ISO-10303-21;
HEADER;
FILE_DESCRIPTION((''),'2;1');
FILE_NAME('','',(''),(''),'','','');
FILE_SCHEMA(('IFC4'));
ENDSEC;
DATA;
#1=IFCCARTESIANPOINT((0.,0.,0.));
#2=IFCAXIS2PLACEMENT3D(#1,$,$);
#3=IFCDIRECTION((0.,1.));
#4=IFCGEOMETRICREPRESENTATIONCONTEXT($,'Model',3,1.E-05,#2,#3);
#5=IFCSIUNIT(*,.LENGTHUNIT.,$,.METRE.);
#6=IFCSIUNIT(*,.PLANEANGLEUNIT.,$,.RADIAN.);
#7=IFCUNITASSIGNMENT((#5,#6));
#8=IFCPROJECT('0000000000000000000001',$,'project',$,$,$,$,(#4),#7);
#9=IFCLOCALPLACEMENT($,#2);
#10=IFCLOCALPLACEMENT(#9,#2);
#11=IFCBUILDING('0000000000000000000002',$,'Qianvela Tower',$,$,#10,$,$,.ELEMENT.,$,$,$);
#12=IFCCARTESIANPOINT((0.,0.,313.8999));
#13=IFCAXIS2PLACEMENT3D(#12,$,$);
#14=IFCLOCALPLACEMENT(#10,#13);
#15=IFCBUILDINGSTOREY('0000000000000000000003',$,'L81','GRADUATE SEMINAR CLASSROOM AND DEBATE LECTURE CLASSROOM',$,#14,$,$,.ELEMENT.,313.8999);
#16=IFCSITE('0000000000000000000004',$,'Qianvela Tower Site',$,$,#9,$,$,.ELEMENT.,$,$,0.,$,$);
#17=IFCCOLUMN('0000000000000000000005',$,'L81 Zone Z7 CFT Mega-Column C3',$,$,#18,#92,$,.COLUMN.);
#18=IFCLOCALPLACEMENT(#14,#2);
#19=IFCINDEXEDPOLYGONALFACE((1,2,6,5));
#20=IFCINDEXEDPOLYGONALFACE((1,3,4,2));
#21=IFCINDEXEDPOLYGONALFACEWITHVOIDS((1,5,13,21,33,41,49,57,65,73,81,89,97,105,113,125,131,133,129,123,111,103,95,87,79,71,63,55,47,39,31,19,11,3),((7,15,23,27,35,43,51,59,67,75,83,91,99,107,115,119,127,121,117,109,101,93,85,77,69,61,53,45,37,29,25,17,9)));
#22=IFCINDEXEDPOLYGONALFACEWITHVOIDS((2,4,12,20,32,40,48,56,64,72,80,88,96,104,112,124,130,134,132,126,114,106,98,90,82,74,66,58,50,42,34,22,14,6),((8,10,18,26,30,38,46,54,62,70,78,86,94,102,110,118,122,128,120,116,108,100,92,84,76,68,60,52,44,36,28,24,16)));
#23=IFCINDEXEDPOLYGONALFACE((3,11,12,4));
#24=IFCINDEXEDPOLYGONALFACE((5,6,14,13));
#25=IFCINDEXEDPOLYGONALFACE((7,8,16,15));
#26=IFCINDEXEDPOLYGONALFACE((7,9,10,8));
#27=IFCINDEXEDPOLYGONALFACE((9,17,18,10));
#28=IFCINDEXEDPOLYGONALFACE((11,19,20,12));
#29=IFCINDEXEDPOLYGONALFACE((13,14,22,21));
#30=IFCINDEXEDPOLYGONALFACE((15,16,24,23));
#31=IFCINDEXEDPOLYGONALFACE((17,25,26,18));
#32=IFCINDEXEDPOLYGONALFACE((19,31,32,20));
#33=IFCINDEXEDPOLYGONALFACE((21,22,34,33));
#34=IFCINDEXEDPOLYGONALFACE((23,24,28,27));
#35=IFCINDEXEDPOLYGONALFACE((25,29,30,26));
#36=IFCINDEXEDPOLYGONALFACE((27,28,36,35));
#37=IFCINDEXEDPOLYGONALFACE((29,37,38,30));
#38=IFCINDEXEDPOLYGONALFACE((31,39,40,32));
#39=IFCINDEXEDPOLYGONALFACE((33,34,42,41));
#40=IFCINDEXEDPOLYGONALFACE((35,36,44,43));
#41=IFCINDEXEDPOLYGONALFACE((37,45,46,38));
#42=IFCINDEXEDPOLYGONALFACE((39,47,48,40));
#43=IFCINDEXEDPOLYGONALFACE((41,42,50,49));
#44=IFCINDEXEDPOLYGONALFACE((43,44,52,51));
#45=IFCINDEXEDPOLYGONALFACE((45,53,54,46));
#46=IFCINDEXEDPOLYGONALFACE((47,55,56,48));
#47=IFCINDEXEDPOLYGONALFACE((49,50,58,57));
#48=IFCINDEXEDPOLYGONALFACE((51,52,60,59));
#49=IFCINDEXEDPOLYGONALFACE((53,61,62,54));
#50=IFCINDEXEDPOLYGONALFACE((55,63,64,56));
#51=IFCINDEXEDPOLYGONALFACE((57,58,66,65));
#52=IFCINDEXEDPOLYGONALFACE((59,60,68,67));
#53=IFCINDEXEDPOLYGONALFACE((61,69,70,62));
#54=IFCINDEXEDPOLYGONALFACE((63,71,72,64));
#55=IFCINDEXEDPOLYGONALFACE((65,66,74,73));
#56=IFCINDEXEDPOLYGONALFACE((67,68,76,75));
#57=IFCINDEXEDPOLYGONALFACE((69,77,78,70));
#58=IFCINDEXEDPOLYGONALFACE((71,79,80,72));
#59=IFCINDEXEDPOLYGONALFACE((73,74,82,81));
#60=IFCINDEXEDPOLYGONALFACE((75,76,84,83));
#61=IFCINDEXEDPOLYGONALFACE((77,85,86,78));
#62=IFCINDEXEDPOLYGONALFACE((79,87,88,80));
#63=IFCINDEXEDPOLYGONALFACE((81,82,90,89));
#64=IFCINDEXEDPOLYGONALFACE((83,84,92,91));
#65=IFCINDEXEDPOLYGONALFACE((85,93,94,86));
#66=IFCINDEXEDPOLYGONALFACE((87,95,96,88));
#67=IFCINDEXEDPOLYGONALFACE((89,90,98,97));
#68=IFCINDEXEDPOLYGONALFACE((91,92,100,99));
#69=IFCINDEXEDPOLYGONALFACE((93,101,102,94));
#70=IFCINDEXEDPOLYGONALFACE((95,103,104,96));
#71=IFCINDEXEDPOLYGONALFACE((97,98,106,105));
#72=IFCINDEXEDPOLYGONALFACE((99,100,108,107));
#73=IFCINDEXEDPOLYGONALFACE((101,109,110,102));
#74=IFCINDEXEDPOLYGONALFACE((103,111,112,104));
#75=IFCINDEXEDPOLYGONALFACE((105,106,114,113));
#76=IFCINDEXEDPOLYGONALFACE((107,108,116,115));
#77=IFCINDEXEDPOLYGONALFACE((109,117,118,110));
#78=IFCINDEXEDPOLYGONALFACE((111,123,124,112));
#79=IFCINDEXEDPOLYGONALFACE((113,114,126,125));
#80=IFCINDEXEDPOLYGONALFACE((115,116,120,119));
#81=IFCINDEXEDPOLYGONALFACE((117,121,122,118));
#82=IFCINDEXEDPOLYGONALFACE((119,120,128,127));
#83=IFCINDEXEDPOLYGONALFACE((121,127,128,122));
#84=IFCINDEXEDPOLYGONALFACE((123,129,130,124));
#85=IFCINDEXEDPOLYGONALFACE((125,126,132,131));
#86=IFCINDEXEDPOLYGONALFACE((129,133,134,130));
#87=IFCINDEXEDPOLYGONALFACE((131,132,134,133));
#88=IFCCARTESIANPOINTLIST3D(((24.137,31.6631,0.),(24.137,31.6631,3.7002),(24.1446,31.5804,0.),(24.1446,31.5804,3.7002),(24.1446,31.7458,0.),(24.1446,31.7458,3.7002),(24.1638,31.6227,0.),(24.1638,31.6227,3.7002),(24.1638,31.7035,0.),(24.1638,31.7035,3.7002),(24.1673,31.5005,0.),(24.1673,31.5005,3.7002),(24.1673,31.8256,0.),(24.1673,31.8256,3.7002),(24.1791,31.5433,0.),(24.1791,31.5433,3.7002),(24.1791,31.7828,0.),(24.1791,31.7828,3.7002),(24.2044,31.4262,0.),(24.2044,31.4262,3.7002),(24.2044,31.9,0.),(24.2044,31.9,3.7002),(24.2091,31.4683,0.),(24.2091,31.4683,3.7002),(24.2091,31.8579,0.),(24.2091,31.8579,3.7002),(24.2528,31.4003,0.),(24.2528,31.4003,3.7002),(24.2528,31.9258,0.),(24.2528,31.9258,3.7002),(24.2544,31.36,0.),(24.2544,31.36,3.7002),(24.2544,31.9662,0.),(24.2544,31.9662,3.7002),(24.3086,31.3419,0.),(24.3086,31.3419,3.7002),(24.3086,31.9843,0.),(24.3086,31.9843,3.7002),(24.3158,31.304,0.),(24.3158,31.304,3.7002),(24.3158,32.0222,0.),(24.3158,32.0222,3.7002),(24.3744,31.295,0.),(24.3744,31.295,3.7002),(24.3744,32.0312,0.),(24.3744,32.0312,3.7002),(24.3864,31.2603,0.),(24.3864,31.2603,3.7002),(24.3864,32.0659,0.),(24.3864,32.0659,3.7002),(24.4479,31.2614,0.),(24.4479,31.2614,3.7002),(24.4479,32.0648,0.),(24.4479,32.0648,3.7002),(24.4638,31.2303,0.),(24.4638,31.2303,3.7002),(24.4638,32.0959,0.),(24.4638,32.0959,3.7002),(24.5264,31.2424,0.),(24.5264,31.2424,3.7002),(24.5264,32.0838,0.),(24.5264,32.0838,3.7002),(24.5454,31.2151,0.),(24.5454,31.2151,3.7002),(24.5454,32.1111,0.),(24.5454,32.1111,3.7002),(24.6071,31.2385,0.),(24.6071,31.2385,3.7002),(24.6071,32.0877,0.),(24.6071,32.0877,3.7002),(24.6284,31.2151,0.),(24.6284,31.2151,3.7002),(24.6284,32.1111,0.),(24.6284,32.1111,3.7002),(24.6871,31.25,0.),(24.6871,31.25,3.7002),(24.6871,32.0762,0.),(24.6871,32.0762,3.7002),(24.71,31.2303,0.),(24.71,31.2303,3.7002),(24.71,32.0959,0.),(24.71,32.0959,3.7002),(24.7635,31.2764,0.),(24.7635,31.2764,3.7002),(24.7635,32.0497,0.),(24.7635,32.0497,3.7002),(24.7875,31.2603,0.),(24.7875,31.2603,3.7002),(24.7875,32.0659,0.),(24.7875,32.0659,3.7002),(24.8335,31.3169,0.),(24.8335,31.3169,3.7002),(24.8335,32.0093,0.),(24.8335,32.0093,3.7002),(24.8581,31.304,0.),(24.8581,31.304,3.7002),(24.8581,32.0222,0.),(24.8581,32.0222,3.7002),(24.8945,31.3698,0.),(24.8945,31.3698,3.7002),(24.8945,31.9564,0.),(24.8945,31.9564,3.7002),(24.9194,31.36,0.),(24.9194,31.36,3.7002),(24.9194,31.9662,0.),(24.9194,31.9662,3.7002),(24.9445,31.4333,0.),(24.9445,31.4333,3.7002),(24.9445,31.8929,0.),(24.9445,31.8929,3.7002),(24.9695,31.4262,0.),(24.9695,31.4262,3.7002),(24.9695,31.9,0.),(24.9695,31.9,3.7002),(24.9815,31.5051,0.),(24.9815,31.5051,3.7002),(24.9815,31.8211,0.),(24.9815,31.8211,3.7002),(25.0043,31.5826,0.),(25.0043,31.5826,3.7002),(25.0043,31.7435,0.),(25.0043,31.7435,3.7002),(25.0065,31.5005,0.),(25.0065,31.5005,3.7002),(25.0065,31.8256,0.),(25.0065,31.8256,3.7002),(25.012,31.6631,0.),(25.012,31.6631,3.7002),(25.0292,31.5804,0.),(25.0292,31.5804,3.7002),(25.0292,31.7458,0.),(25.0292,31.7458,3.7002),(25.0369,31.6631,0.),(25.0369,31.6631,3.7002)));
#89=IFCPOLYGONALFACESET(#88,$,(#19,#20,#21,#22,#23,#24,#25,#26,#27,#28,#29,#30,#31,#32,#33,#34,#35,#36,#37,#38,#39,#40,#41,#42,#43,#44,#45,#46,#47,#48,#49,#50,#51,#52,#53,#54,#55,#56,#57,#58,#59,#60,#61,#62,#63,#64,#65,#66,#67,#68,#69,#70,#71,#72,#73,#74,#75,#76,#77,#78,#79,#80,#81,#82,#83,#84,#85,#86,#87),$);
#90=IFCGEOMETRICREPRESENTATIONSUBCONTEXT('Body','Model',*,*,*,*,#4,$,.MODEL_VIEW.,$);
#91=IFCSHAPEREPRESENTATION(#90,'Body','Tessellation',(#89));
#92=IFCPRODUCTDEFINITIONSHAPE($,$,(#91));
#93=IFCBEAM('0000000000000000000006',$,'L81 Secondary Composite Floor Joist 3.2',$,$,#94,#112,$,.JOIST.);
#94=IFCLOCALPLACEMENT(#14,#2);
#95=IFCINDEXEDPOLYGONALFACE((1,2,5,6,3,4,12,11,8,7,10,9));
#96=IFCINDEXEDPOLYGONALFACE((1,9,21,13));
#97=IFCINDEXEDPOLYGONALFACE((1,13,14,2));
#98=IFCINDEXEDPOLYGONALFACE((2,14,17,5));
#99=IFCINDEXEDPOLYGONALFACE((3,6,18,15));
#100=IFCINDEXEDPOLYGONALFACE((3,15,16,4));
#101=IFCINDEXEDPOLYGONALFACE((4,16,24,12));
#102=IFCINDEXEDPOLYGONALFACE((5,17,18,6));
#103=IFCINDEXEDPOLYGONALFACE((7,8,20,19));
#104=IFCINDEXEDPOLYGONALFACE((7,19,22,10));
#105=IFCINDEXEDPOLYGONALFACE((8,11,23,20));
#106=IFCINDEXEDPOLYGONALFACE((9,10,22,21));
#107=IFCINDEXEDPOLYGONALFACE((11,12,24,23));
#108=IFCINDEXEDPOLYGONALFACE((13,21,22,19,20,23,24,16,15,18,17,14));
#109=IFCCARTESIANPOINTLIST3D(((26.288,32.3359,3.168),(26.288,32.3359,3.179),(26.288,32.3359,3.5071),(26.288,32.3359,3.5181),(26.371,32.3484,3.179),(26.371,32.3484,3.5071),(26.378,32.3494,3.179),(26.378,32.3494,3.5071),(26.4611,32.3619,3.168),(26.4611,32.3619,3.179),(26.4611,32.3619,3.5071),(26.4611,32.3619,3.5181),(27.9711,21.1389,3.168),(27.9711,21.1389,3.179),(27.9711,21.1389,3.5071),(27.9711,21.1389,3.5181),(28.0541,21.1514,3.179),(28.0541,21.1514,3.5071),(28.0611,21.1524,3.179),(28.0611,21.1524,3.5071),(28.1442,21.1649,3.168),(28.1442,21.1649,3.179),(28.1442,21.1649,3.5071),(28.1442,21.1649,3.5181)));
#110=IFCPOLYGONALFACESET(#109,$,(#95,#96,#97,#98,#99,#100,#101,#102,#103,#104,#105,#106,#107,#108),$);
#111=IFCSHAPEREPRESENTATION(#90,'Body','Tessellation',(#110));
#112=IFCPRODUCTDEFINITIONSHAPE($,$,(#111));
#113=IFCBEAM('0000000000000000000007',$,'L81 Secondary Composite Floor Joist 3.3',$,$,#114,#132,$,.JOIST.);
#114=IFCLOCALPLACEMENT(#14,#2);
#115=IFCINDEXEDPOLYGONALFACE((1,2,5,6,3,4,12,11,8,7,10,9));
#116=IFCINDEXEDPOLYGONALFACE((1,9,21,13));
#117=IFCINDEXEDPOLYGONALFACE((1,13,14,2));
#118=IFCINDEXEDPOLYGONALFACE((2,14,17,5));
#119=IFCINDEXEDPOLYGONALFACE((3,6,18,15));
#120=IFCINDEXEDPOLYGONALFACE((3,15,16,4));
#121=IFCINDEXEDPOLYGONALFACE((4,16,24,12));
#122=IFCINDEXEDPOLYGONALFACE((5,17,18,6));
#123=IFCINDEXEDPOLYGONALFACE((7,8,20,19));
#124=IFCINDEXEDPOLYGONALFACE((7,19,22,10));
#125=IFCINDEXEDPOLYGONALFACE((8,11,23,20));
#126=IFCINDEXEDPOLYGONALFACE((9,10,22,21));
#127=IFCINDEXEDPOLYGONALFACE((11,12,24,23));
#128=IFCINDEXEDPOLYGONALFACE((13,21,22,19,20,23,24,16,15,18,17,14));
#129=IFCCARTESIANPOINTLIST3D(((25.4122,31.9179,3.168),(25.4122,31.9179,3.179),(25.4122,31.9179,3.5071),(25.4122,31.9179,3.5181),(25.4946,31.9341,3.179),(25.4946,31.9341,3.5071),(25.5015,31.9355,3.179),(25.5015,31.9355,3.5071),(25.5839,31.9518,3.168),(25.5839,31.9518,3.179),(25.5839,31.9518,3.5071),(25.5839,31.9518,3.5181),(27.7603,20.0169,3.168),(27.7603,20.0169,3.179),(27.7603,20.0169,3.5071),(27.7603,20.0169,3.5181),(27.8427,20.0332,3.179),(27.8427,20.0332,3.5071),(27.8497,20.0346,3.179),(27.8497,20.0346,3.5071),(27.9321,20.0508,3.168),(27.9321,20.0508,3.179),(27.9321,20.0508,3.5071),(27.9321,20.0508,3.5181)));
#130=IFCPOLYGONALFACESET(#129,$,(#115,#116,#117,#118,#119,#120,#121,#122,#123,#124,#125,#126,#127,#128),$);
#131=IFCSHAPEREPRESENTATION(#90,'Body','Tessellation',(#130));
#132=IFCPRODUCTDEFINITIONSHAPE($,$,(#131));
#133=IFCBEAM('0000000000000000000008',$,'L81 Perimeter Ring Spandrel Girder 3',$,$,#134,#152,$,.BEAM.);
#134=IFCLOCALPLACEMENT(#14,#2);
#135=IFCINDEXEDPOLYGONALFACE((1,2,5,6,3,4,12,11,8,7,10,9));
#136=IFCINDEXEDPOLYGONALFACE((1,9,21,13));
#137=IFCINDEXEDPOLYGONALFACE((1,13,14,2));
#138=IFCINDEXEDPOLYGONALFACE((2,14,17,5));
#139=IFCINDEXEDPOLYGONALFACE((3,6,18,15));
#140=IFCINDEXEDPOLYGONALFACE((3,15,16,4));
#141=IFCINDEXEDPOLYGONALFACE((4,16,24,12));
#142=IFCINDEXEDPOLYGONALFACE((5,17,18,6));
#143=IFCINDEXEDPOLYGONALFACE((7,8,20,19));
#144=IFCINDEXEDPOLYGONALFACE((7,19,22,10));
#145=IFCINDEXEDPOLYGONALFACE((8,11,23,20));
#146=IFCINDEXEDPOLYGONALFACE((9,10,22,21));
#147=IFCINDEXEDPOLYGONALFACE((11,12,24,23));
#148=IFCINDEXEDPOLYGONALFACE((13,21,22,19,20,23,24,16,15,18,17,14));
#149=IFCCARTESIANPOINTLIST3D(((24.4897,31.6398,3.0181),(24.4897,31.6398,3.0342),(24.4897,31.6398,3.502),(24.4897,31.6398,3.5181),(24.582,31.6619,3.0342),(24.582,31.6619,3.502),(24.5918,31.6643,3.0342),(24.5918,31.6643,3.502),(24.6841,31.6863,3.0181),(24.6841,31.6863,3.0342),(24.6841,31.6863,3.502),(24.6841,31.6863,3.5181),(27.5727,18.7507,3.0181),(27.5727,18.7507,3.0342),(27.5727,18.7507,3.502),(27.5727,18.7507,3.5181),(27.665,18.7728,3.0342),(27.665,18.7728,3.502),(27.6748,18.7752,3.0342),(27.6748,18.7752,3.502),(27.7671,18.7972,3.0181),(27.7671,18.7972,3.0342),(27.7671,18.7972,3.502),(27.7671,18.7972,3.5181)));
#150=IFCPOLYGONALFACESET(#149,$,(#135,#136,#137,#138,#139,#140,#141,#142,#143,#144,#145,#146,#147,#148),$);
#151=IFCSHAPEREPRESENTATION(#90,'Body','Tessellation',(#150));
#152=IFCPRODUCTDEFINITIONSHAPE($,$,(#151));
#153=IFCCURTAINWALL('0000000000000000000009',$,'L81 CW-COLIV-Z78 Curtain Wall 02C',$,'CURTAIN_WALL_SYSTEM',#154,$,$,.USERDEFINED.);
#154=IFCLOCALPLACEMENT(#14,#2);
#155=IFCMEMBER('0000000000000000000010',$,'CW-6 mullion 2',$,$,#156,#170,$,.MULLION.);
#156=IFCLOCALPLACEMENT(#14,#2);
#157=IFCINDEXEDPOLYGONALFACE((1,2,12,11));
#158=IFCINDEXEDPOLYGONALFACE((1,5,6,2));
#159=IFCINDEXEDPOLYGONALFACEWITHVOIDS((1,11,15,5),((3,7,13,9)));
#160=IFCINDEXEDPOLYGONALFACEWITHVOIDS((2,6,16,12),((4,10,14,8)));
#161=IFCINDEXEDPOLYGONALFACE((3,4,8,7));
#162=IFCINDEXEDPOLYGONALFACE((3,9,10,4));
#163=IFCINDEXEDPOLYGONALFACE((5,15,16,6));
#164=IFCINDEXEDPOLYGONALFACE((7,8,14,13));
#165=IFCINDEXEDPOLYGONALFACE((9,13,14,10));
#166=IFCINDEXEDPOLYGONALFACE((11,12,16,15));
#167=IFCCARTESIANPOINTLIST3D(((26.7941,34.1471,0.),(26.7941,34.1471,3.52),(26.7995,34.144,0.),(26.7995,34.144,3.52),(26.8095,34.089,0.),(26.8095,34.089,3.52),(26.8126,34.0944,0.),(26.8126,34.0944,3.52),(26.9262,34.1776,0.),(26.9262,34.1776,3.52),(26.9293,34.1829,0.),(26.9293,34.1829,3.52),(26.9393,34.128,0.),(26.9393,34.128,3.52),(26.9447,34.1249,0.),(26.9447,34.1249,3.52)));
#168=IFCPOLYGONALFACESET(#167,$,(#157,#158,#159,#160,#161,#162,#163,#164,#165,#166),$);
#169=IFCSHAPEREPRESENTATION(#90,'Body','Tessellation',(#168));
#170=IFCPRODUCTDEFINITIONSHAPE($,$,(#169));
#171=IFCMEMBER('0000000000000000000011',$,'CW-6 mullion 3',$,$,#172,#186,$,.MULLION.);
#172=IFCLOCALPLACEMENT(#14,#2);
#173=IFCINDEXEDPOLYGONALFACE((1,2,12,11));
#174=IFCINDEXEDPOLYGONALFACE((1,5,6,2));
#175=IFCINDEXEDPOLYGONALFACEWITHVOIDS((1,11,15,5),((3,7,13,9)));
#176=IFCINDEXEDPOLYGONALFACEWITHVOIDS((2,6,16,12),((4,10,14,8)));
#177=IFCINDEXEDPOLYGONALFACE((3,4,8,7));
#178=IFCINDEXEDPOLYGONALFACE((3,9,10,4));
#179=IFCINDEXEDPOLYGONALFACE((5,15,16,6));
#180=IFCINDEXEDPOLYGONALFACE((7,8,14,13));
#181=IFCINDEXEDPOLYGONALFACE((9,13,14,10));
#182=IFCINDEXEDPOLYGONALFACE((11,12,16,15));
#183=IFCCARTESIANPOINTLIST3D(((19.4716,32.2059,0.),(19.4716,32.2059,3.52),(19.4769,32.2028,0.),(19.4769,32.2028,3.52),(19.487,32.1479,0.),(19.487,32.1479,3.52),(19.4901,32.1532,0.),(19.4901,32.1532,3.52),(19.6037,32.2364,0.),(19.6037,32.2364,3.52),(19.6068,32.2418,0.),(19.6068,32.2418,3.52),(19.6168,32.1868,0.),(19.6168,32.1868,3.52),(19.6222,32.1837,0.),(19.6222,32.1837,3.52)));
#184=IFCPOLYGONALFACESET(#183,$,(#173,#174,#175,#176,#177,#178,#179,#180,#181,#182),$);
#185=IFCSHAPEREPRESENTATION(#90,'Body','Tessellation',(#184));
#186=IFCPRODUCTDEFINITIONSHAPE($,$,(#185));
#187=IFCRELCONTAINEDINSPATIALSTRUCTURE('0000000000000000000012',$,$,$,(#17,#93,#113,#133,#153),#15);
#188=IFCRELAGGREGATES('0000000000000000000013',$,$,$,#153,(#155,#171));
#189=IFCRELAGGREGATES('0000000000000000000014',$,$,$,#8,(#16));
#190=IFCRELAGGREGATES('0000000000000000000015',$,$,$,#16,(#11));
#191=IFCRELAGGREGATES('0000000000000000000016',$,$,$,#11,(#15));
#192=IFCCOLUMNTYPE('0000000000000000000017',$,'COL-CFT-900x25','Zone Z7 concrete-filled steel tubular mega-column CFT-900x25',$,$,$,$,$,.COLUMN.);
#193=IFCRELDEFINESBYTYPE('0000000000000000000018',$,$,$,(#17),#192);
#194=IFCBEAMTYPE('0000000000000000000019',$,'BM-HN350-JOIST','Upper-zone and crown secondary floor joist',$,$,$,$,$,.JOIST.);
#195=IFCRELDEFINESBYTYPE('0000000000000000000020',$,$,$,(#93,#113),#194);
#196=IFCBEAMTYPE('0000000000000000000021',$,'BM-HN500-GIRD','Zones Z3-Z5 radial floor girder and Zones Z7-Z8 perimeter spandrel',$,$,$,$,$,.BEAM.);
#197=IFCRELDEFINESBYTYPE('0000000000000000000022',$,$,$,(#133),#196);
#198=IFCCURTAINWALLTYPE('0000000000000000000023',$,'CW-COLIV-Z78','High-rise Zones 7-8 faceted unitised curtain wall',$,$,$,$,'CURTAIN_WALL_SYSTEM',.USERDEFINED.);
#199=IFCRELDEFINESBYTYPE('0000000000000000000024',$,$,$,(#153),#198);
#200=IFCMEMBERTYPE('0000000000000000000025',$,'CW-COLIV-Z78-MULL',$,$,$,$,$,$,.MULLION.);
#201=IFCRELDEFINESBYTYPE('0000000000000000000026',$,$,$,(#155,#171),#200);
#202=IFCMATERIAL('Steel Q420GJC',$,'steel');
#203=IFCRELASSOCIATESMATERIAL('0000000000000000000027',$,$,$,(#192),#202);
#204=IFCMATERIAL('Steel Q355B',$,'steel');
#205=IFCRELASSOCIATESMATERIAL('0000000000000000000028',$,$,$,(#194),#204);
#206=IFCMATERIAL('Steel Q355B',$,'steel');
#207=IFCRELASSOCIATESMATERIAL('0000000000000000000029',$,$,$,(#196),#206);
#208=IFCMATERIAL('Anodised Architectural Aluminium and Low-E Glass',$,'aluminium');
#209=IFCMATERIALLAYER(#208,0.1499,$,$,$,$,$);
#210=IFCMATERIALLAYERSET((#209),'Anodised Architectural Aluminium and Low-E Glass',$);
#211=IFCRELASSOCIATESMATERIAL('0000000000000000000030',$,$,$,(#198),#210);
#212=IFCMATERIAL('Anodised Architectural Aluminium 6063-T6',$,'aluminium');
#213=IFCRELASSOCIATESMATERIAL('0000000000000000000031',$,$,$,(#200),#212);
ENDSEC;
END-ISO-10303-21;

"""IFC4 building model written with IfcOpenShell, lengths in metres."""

from ifc_helpers import new_model, si_unit, direction, frame, origin, origin_2d, place, context, subcontext, project, spatial, hollow_rectangle, hollow_circle, i_section, extrude, material, layer, layer_set, material_profile, profile_set, type_object, element, aggregate, save


model = new_model("IFC4")

# Units and contexts
model_context = context("Model", 3, precision=1e-05, world=origin(), true_north=direction((0.0, 1.0)))
body_context = subcontext(model_context, "Body", "Model", "MODEL_VIEW")
ifc_project = project(units=[si_unit("LENGTHUNIT", "METRE"), si_unit("PLANEANGLEUNIT", "RADIAN")], contexts=[model_context])

# Site, building, storey
site_placement = place(None, origin())
site = spatial("IfcSite", under=ifc_project, at=site_placement, Name="Qianvela Tower Site", CompositionType="ELEMENT", RefElevation=0.0)
building_placement = place(site_placement, origin())
building = spatial("IfcBuilding", under=site, at=building_placement, Name="Qianvela Tower", CompositionType="ELEMENT")
storey_placement = place(building_placement, frame((0.0, 0.0, 313.8999)))
storey = spatial("IfcBuildingStorey", under=building, at=storey_placement, Name="L81", Description="GRADUATE SEMINAR CLASSROOM AND DEBATE LECTURE CLASSROOM", CompositionType="ELEMENT", Elevation=313.8999)

# Column
ifc_material_1 = material(Name="Steel Q420GJC", Category="steel")
ifc_material_profile_1 = material_profile(ifc_material_1, hollow_circle(Radius=0.45, WallThickness=0.0249, at=origin_2d()), Name="CFT-900x25")
ifc_profile_set_1 = profile_set([ifc_material_profile_1], Name="Steel Q420GJC")
column_type = type_object("IfcColumnType", Name="COL-CFT-900x25", Description="Zone Z7 concrete-filled steel tubular mega-column CFT-900x25", PredefinedType="COLUMN", material=ifc_profile_set_1)
column_placement = place(storey_placement, frame((24.5869, 31.6631, 0.0), z_axis=(0.0, 0.0, 1.0), x_axis=(1.0, 0.0, 0.0)))
element("IfcColumn", 1, at=column_placement, inside=storey, type_object=column_type, Name="L81 Zone Z7 CFT Mega-Column C3", PredefinedType="COLUMN", context=body_context, shape_type="SweptSolid", body=[
    extrude(hollow_circle(Radius=0.45, WallThickness=0.0249, at=origin_2d()), origin(), (0.0, 0.0, 1.0), 3.7002),
])

# Beams
ifc_material_2 = material(Name="Steel Q355B", Category="steel")
ifc_material_profile_2 = material_profile(ifc_material_2, i_section(OverallWidth=0.175, OverallDepth=0.3501, WebThickness=0.0071, FlangeThickness=0.011, at=origin_2d()), Name="HN350x175x7x11")
ifc_profile_set_2 = profile_set([ifc_material_profile_2], Name="Steel Q355B")
beam_type_1 = type_object("IfcBeamType", Name="BM-HN350-JOIST", Description="Upper-zone and crown secondary floor joist", PredefinedType="JOIST", material=ifc_profile_set_2)
beam_1_placement = place(storey_placement, frame((26.3745, 32.3489, 3.343), z_axis=(0.148647, -0.98889, 0.0), x_axis=(0.98889, 0.148647, 0.0)))
element("IfcBeam", 2, at=beam_1_placement, inside=storey, type_object=beam_type_1, Name="L81 Secondary Composite Floor Joist 3.2", PredefinedType="JOIST", context=body_context, shape_type="SweptSolid", body=[
    extrude(i_section(OverallWidth=0.175, OverallDepth=0.3501, WebThickness=0.0071, FlangeThickness=0.011, at=origin_2d()), origin(), (0.0, 0.0, 1.0), 11.3228),
])
beam_2_placement = place(storey_placement, frame((25.498, 31.9348, 3.343), z_axis=(0.193576, -0.981085, 0.0), x_axis=(0.981085, 0.193576, 0.0)))
element("IfcBeam", 3, at=beam_2_placement, inside=storey, type_object=beam_type_1, Name="L81 Secondary Composite Floor Joist 3.3", PredefinedType="JOIST", context=body_context, shape_type="SweptSolid", body=[
    extrude(i_section(OverallWidth=0.175, OverallDepth=0.3501, WebThickness=0.0071, FlangeThickness=0.011, at=origin_2d()), origin(), (0.0, 0.0, 1.0), 12.1304),
])
ifc_material_3 = material(Name="Steel Q355B", Category="steel")
ifc_material_profile_3 = material_profile(ifc_material_3, i_section(OverallWidth=0.2, OverallDepth=0.5, WebThickness=0.01, FlangeThickness=0.0161, at=origin_2d()), Name="HN500x200x10x16")
ifc_profile_set_3 = profile_set([ifc_material_profile_3], Name="Steel Q355B")
beam_type_2 = type_object("IfcBeamType", Name="BM-HN500-GIRD", Description="Zones Z3-Z5 radial floor girder and Zones Z7-Z8 perimeter spandrel", PredefinedType="BEAM", material=ifc_profile_set_3)
beam_3_placement = place(storey_placement, frame((24.5869, 31.6631, 3.2681), z_axis=(0.232632, -0.972565, 0.0), x_axis=(0.972565, 0.232632, 0.0)))
element("IfcBeam", 4, at=beam_3_placement, inside=storey, type_object=beam_type_2, Name="L81 Perimeter Ring Spandrel Girder 3", PredefinedType="BEAM", context=body_context, shape_type="SweptSolid", body=[
    extrude(i_section(OverallWidth=0.2, OverallDepth=0.5, WebThickness=0.01, FlangeThickness=0.0161, at=origin_2d()), origin(), (0.0, 0.0, 1.0), 13.2527),
])

# Curtain wall, members
ifc_material_4 = material(Name="Anodised Architectural Aluminium and Low-E Glass", Category="aluminium")
ifc_layer_1 = layer(ifc_material_4, 0.1499)
ifc_layer_set_1 = layer_set([ifc_layer_1], Name="Anodised Architectural Aluminium and Low-E Glass")
curtain_wall_type = type_object("IfcCurtainWallType", Name="CW-COLIV-Z78", Description="High-rise Zones 7-8 faceted unitised curtain wall", ElementType="CURTAIN_WALL_SYSTEM", PredefinedType="USERDEFINED", material=ifc_layer_set_1)
curtain_wall_1_placement = place(storey_placement, origin())
curtain_wall_1 = element("IfcCurtainWall", 5, at=curtain_wall_1_placement, inside=storey, type_object=curtain_wall_type, Name="L81 CW-COLIV-Z78 Curtain Wall 02C", ObjectType="CURTAIN_WALL_SYSTEM", PredefinedType="USERDEFINED")
ifc_material_5 = material(Name="Anodised Architectural Aluminium 6063-T6", Category="aluminium")
ifc_material_profile_4 = material_profile(ifc_material_5, hollow_rectangle(XDim=0.0601, YDim=0.1399, WallThickness=0.0044, at=origin_2d()), Name="ALU-MULL-60x140")
ifc_profile_set_4 = profile_set([ifc_material_profile_4], Name="Anodised Architectural Aluminium 6063-T6")
member_type_1 = type_object("IfcMemberType", Name="CW-COLIV-Z78-MULL", PredefinedType="MULLION", material=ifc_profile_set_4)
member_1_placement = place(storey_placement, frame((26.8694, 34.136, 0.0), z_axis=(0.0, 0.0, 1.0), x_axis=(0.256237, -0.966614, 0.0)))
member_1 = element("IfcMember", 6, at=member_1_placement, type_object=member_type_1, Name="CW-6 mullion 2", PredefinedType="MULLION", context=body_context, shape_type="SweptSolid", body=[
    extrude(hollow_rectangle(XDim=0.0601, YDim=0.1399, WallThickness=0.0044, at=origin_2d()), origin(), (0.0, 0.0, 1.0), 3.52),
])
member_2_placement = place(storey_placement, frame((19.5469, 32.1948, 0.0), z_axis=(0.0, 0.0, 1.0), x_axis=(0.256237, -0.966614, 0.0)))
member_2 = element("IfcMember", 7, at=member_2_placement, type_object=member_type_1, Name="CW-6 mullion 3", PredefinedType="MULLION", context=body_context, shape_type="SweptSolid", body=[
    extrude(hollow_rectangle(XDim=0.0601, YDim=0.1399, WallThickness=0.0044, at=origin_2d()), origin(), (0.0, 0.0, 1.0), 3.52),
])

aggregate(curtain_wall_1, [member_1, member_2])

save(model, "model.ifc")
